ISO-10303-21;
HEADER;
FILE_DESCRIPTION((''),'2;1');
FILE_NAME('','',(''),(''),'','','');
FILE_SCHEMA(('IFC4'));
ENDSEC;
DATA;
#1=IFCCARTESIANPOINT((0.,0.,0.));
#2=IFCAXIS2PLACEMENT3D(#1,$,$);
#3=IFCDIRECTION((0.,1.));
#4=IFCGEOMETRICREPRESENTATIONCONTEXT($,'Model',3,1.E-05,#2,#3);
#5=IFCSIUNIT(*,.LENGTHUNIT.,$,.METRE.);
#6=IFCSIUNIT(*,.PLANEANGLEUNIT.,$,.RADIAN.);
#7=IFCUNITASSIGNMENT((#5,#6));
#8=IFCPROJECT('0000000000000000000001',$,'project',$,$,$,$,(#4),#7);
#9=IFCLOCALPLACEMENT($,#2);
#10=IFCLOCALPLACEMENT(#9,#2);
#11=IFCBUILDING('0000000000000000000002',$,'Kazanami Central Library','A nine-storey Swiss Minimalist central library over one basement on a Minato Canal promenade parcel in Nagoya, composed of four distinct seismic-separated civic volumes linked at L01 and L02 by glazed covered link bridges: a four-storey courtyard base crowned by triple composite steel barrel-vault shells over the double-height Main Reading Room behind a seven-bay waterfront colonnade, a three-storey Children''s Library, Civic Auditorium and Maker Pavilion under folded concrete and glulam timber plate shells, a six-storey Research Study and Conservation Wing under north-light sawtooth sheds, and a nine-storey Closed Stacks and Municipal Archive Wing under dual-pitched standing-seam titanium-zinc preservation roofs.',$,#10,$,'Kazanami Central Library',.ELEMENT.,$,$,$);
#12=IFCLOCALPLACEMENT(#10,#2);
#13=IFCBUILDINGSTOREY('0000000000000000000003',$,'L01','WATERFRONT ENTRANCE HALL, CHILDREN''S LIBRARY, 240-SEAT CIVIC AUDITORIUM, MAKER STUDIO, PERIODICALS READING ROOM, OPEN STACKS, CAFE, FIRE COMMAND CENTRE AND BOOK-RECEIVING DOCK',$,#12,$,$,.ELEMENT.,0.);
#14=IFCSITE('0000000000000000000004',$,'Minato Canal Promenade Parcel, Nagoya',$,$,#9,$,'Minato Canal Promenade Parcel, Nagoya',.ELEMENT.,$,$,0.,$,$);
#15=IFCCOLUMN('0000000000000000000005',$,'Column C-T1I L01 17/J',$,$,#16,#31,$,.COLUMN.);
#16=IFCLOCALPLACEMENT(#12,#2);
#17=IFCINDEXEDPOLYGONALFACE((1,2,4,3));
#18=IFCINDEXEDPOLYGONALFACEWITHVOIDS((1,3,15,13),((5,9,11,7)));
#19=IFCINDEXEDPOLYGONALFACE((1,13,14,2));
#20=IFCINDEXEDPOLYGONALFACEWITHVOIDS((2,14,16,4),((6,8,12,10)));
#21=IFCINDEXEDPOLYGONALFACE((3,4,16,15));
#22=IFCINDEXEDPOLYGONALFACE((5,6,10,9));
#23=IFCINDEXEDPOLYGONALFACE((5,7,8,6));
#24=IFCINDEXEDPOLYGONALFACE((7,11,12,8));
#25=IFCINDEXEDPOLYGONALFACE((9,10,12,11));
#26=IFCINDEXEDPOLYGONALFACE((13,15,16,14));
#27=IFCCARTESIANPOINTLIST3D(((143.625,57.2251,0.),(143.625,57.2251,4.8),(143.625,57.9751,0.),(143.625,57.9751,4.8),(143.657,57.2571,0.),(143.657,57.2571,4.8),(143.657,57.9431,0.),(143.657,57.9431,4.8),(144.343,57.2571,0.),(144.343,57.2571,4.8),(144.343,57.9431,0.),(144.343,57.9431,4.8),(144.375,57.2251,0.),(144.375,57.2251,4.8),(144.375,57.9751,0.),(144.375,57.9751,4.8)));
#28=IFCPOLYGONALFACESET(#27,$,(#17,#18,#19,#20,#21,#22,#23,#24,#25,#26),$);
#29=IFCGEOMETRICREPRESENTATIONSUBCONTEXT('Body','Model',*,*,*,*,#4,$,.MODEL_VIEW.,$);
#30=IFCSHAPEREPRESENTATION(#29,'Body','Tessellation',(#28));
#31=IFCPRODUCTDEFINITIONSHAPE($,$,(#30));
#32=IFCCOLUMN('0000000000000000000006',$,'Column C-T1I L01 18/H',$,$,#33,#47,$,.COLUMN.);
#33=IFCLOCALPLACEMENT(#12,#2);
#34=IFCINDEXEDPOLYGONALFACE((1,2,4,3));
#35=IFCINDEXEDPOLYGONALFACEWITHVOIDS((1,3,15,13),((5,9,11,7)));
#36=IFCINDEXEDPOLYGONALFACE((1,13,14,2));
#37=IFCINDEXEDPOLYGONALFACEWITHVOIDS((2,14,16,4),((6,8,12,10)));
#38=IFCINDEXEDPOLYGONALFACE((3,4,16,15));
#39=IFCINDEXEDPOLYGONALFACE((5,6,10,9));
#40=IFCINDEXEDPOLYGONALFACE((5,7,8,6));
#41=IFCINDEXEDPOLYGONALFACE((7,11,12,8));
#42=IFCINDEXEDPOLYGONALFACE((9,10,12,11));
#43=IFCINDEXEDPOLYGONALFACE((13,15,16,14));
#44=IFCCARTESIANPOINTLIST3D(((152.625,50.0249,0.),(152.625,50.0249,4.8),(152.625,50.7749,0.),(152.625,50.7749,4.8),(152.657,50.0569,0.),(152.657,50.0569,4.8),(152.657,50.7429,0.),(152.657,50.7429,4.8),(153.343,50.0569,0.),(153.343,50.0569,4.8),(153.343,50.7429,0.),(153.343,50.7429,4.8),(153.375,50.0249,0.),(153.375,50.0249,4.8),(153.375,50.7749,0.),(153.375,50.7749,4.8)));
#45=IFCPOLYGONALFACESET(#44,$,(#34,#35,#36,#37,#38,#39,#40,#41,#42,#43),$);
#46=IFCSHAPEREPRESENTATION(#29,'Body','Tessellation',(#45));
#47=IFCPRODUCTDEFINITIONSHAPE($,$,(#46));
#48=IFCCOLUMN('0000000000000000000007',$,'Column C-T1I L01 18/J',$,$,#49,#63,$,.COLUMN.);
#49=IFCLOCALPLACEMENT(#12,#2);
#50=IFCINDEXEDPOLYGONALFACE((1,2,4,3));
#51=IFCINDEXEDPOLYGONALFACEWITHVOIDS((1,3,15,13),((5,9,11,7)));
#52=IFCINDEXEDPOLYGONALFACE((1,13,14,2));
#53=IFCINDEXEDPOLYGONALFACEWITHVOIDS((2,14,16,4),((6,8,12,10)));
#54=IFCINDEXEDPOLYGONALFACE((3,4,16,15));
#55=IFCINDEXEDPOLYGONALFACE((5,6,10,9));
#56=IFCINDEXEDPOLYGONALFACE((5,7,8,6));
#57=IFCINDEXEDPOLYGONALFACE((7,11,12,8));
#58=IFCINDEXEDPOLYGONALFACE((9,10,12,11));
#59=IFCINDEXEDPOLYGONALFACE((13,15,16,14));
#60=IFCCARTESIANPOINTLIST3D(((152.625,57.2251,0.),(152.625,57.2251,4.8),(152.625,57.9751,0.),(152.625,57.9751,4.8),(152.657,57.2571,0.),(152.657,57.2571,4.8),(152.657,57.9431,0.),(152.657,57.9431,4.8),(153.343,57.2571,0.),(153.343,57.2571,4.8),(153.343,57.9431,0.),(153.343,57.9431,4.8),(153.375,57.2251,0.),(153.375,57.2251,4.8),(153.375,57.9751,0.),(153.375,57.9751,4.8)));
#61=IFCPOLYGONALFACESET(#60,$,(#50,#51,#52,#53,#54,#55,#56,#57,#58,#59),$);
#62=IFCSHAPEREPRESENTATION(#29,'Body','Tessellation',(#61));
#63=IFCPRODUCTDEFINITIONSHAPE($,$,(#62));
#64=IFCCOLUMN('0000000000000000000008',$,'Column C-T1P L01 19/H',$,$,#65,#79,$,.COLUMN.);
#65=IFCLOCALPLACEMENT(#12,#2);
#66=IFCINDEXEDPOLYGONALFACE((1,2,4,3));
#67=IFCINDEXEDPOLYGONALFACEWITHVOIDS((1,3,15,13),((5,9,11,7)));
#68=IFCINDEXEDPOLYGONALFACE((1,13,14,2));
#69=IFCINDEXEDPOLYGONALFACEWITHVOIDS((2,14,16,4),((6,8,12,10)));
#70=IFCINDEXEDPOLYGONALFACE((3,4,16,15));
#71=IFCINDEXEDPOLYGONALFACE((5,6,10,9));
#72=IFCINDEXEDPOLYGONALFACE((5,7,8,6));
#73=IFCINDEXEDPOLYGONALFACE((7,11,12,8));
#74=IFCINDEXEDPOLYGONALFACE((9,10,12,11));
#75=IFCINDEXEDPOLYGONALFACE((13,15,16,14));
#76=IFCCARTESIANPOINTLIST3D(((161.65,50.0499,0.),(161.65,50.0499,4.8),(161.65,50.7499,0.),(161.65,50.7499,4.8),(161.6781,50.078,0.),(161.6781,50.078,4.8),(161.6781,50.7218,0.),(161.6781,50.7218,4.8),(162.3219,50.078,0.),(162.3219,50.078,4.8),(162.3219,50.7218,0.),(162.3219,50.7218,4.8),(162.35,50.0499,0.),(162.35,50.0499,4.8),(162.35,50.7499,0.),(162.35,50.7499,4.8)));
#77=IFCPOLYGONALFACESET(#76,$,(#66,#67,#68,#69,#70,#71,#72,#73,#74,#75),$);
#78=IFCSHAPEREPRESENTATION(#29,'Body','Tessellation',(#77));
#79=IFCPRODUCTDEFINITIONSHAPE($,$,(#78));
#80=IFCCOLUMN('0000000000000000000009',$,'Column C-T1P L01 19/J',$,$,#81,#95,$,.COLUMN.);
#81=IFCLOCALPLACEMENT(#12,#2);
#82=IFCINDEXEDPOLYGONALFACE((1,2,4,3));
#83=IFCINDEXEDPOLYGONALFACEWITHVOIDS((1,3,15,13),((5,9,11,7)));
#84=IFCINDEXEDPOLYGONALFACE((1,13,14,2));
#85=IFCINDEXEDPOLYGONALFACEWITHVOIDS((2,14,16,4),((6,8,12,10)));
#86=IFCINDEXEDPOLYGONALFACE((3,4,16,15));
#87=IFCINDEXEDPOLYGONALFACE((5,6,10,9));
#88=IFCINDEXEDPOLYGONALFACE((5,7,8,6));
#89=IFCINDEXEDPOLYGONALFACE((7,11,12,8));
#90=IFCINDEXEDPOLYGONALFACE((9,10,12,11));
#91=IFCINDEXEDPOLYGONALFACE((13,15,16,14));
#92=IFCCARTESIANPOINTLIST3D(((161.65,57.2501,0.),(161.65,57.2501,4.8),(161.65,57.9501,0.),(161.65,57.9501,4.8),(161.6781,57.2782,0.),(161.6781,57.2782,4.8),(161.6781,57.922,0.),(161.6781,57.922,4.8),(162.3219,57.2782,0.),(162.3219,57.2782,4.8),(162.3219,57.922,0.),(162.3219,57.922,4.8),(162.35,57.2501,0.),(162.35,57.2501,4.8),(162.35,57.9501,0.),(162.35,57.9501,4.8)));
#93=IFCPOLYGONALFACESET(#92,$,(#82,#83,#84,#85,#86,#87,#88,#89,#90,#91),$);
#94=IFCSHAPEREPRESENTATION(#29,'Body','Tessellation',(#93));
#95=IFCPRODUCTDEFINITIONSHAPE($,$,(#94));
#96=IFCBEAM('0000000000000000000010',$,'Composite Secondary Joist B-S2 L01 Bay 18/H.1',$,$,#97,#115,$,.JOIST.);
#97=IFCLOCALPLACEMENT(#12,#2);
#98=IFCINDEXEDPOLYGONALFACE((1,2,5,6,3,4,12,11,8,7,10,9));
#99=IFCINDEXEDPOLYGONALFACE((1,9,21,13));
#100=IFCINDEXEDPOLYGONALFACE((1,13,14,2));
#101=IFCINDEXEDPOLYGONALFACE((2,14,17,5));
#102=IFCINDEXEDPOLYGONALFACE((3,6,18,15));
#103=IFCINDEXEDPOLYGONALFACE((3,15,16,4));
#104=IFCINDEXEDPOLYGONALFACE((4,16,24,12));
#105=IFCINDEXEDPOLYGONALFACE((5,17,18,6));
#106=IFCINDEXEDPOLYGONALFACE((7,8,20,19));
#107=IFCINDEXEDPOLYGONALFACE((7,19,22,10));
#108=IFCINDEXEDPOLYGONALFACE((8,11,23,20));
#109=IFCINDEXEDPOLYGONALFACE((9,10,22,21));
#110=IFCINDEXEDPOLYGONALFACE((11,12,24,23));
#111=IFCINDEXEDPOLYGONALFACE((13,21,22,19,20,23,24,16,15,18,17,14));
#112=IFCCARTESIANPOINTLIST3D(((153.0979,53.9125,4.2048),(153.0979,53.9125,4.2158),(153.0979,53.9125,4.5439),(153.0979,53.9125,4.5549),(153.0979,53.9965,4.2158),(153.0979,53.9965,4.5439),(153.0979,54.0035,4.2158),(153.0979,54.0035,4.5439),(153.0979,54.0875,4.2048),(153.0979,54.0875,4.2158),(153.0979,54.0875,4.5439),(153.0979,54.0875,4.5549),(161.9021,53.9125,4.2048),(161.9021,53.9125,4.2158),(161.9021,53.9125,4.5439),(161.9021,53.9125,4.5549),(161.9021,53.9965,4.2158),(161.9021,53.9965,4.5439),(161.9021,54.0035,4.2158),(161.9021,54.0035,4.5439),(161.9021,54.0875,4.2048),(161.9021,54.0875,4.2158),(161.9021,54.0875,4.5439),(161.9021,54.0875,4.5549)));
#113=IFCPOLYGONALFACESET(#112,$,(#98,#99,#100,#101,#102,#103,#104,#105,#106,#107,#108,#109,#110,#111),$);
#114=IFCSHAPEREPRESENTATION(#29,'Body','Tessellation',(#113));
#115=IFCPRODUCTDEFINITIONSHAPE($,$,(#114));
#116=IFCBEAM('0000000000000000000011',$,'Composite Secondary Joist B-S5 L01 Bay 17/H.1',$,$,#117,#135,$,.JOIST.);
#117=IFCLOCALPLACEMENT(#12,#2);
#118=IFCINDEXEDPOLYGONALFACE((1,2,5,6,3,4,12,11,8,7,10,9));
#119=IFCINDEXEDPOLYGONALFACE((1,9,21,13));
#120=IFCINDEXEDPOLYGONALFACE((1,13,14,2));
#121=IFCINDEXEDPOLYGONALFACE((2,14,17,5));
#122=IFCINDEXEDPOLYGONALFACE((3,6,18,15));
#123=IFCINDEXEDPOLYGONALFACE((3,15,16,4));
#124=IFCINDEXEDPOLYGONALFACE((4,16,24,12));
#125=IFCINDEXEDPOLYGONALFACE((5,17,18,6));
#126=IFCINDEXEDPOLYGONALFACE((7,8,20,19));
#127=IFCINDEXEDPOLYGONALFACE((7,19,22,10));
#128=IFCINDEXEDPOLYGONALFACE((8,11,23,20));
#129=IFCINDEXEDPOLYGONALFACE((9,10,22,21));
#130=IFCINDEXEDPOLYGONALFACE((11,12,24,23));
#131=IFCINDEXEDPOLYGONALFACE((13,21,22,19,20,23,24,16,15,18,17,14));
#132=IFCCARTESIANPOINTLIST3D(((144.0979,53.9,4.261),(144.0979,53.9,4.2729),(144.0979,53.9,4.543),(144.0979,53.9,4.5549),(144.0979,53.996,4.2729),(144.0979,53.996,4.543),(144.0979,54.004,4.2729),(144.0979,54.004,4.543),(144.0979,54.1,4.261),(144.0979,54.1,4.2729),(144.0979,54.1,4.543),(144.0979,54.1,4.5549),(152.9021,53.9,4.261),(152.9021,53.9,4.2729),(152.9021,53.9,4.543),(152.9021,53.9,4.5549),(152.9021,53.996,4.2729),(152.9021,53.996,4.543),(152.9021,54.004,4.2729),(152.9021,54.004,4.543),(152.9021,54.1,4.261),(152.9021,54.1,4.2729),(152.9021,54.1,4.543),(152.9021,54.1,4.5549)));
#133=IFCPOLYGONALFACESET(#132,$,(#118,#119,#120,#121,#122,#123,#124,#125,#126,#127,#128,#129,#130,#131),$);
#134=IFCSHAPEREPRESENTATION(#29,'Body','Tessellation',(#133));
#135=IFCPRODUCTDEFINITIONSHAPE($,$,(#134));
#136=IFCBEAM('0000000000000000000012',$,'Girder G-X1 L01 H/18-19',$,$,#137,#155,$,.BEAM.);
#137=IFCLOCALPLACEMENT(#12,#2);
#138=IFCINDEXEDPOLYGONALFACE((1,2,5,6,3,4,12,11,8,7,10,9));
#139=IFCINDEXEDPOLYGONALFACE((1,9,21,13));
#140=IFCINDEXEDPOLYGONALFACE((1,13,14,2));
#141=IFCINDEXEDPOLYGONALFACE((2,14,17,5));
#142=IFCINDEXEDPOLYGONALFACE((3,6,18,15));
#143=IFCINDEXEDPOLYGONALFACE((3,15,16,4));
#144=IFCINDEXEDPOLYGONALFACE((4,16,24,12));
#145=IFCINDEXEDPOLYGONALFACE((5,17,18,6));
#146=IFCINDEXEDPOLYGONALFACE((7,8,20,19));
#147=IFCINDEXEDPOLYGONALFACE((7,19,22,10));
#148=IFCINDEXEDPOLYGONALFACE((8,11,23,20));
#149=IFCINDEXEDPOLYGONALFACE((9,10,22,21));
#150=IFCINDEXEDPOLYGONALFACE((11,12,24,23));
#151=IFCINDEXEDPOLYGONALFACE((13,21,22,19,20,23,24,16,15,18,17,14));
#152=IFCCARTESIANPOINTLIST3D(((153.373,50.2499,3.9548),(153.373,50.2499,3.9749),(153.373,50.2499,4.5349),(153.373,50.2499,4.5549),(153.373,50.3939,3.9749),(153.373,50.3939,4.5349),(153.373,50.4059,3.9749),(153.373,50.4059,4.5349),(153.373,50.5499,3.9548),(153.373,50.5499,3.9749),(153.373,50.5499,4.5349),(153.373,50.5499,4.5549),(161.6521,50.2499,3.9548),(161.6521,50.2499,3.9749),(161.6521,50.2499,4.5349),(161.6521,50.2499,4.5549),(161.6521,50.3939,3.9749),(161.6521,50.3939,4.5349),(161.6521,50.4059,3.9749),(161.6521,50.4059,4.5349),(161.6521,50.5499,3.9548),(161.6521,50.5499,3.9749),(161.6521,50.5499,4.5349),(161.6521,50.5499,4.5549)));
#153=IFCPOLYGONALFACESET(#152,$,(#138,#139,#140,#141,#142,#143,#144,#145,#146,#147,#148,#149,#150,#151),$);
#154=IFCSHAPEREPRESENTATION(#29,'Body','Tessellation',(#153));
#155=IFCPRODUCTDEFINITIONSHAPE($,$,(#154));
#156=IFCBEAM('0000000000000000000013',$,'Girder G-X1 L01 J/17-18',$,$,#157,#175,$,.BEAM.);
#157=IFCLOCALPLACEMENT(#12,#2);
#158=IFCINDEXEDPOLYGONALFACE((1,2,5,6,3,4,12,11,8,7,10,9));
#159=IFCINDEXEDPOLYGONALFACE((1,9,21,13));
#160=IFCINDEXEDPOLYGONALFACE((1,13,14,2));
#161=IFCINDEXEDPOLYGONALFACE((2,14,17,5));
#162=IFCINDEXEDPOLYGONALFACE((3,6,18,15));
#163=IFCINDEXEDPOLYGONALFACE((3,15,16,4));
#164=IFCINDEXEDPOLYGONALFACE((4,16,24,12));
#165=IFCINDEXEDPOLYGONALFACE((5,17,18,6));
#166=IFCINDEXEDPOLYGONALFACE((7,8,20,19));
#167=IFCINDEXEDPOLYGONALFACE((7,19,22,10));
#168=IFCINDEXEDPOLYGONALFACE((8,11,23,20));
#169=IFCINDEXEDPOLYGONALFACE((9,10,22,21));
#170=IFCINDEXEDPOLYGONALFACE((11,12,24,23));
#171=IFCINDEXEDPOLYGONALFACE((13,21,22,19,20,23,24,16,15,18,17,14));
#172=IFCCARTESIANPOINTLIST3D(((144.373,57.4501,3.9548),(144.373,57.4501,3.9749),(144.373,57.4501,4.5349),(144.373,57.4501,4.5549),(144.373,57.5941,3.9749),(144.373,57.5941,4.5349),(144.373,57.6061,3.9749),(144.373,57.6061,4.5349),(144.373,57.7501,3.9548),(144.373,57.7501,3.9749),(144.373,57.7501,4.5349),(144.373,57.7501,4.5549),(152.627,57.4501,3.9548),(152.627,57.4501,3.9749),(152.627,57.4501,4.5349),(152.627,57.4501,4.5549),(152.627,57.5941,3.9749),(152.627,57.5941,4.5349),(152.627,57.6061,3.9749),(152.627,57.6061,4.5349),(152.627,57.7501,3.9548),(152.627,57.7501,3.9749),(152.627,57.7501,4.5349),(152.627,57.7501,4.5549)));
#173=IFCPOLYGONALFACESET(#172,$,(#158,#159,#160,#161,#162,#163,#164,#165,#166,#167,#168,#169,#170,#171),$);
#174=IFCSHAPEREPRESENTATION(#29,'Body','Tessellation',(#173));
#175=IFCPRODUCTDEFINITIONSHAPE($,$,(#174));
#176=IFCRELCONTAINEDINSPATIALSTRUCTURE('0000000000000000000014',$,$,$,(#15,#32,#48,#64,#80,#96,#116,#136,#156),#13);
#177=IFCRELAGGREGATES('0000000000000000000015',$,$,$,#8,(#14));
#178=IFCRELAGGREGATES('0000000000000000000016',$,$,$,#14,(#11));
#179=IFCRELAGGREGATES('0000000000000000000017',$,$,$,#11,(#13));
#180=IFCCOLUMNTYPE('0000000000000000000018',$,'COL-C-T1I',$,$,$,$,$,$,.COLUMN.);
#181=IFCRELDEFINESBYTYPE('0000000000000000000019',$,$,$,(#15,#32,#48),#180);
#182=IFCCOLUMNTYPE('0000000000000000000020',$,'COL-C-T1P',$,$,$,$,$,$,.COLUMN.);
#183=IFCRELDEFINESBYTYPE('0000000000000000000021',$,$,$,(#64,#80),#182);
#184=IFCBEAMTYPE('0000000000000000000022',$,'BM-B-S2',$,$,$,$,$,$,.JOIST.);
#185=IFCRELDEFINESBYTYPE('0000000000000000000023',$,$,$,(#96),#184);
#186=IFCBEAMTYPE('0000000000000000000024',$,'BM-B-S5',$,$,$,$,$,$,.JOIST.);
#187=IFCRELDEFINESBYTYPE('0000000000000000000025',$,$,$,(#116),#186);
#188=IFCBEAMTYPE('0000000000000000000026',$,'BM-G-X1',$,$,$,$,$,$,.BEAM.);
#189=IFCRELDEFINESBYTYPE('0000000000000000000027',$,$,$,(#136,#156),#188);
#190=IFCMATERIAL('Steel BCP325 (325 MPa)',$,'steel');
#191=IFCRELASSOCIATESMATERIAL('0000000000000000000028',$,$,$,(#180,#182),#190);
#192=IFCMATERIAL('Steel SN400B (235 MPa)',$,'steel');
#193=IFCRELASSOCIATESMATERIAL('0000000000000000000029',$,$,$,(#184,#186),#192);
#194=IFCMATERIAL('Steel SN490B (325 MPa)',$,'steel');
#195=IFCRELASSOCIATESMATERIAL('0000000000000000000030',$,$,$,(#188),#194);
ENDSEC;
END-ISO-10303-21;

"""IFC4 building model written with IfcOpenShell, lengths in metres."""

from ifc_helpers import new_model, si_unit, direction, frame, origin, origin_2d, place, context, subcontext, project, spatial, hollow_rectangle, i_section, extrude, material, material_profile, profile_set, type_object, element, save


model = new_model("IFC4")

# Units and contexts
model_context = context("Model", 3, precision=1e-05, world=origin(), true_north=direction((0.0, 1.0)))
body_context = subcontext(model_context, "Body", "Model", "MODEL_VIEW")
ifc_project = project(units=[si_unit("LENGTHUNIT", "METRE"), si_unit("PLANEANGLEUNIT", "RADIAN")], contexts=[model_context])

# Site, building, storey
site_placement = place(None, origin())
site = spatial("IfcSite", under=ifc_project, at=site_placement, Name="Minato Canal Promenade Parcel, Nagoya", LongName="Minato Canal Promenade Parcel, Nagoya", CompositionType="ELEMENT", RefElevation=0.0)
building_placement = place(site_placement, origin())
building = spatial("IfcBuilding", under=site, at=building_placement, Name="Kazanami Central Library", Description="A nine-storey Swiss Minimalist central library over one basement on a Minato Canal promenade parcel in Nagoya, composed of four distinct seismic-separated civic volumes linked at L01 and L02 by glazed covered link bridges: a four-storey courtyard base crowned by triple composite steel barrel-vault shells over the double-height Main Reading Room behind a seven-bay waterfront colonnade, a three-storey Children's Library, Civic Auditorium and Maker Pavilion under folded concrete and glulam timber plate shells, a six-storey Research Study and Conservation Wing under north-light sawtooth sheds, and a nine-storey Closed Stacks and Municipal Archive Wing under dual-pitched standing-seam titanium-zinc preservation roofs.", LongName="Kazanami Central Library", CompositionType="ELEMENT")
storey_placement = place(building_placement, origin())
storey = spatial("IfcBuildingStorey", under=building, at=storey_placement, Name="L01", Description="WATERFRONT ENTRANCE HALL, CHILDREN'S LIBRARY, 240-SEAT CIVIC AUDITORIUM, MAKER STUDIO, PERIODICALS READING ROOM, OPEN STACKS, CAFE, FIRE COMMAND CENTRE AND BOOK-RECEIVING DOCK", CompositionType="ELEMENT", Elevation=0.0)

# Columns
ifc_material_1 = material(Name="Steel BCP325 (325 MPa)", Category="steel")
ifc_material_profile_1 = material_profile(ifc_material_1, hollow_rectangle(XDim=0.75, YDim=0.75, WallThickness=0.032, at=origin_2d()), Name="BCP-750x750x32")
ifc_profile_set_1 = profile_set([ifc_material_profile_1], Name="Steel BCP325 (325 MPa)")
column_type_1 = type_object("IfcColumnType", Name="COL-C-T1I", PredefinedType="COLUMN", material=ifc_profile_set_1)
for number, where, z_axis, x_axis, name in (
    (1, (144.0, 57.6001, 0.0), (0.0, 0.0, 1.0), (1.0, 0.0, 0.0), "Column C-T1I L01 17/J"),
    (2, (153.0, 50.3999, 0.0), (0.0, 0.0, 1.0), (1.0, 0.0, 0.0), "Column C-T1I L01 18/H"),
    (3, (153.0, 57.6001, 0.0), (0.0, 0.0, 1.0), (1.0, 0.0, 0.0), "Column C-T1I L01 18/J"),
):
    element("IfcColumn", number, at=place(storey_placement, frame(where, z_axis=z_axis, x_axis=x_axis)), inside=storey, type_object=column_type_1, Name=name, PredefinedType="COLUMN", context=body_context, shape_type="SweptSolid", body=[
        extrude(hollow_rectangle(XDim=0.75, YDim=0.75, WallThickness=0.032, at=origin_2d()), origin(), (0.0, 0.0, 1.0), 4.8),
    ])
ifc_material_profile_2 = material_profile(ifc_material_1, hollow_rectangle(XDim=0.7, YDim=0.7, WallThickness=0.0281, at=origin_2d()), Name="BCP-700x700x28")
ifc_profile_set_2 = profile_set([ifc_material_profile_2], Name="Steel BCP325 (325 MPa)")
column_type_2 = type_object("IfcColumnType", Name="COL-C-T1P", PredefinedType="COLUMN", material=ifc_profile_set_2)
for number, where, z_axis, x_axis, name in (
    (4, (162.0, 50.3999, 0.0), (0.0, 0.0, 1.0), (1.0, 0.0, 0.0), "Column C-T1P L01 19/H"),
    (5, (162.0, 57.6001, 0.0), (0.0, 0.0, 1.0), (1.0, 0.0, 0.0), "Column C-T1P L01 19/J"),
):
    element("IfcColumn", number, at=place(storey_placement, frame(where, z_axis=z_axis, x_axis=x_axis)), inside=storey, type_object=column_type_2, Name=name, PredefinedType="COLUMN", context=body_context, shape_type="SweptSolid", body=[
        extrude(hollow_rectangle(XDim=0.7, YDim=0.7, WallThickness=0.0281, at=origin_2d()), origin(), (0.0, 0.0, 1.0), 4.8),
    ])

# Beams
ifc_material_2 = material(Name="Steel SN400B (235 MPa)", Category="steel")
ifc_material_profile_3 = material_profile(ifc_material_2, i_section(OverallWidth=0.175, OverallDepth=0.3501, WebThickness=0.0071, FlangeThickness=0.011, at=origin_2d()), Name="H-350x175x7x11")
ifc_profile_set_3 = profile_set([ifc_material_profile_3], Name="Steel SN400B (235 MPa)")
beam_type_1 = type_object("IfcBeamType", Name="BM-B-S2", PredefinedType="JOIST", material=ifc_profile_set_3)
beam_1_placement = place(storey_placement, frame((153.0979, 54.0, 4.3799), z_axis=(1.0, 0.0, 0.0), x_axis=(0.0, 1.0, 0.0)))
element("IfcBeam", 6, at=beam_1_placement, inside=storey, type_object=beam_type_1, Name="Composite Secondary Joist B-S2 L01 Bay 18/H.1", PredefinedType="JOIST", context=body_context, shape_type="SweptSolid", body=[
    extrude(i_section(OverallWidth=0.175, OverallDepth=0.3501, WebThickness=0.0071, FlangeThickness=0.011, at=origin_2d()), origin(), (0.0, 0.0, 1.0), 8.8042),
])
ifc_material_profile_4 = material_profile(ifc_material_2, i_section(OverallWidth=0.2, OverallDepth=0.2939, WebThickness=0.0081, FlangeThickness=0.012, at=origin_2d()), Name="H-294x200x8x12")
ifc_profile_set_4 = profile_set([ifc_material_profile_4], Name="Steel SN400B (235 MPa)")
beam_type_2 = type_object("IfcBeamType", Name="BM-B-S5", PredefinedType="JOIST", material=ifc_profile_set_4)
beam_2_placement = place(storey_placement, frame((144.0979, 54.0, 4.408), z_axis=(1.0, 0.0, 0.0), x_axis=(0.0, 1.0, 0.0)))
element("IfcBeam", 7, at=beam_2_placement, inside=storey, type_object=beam_type_2, Name="Composite Secondary Joist B-S5 L01 Bay 17/H.1", PredefinedType="JOIST", context=body_context, shape_type="SweptSolid", body=[
    extrude(i_section(OverallWidth=0.2, OverallDepth=0.2939, WebThickness=0.0081, FlangeThickness=0.012, at=origin_2d()), origin(), (0.0, 0.0, 1.0), 8.8042),
])
ifc_material_3 = material(Name="Steel SN490B (325 MPa)", Category="steel")
ifc_material_profile_5 = material_profile(ifc_material_3, i_section(OverallWidth=0.3, OverallDepth=0.6001, WebThickness=0.012, FlangeThickness=0.02, at=origin_2d()), Name="H-600x300x12x20")
ifc_profile_set_5 = profile_set([ifc_material_profile_5], Name="Steel SN490B (325 MPa)")
beam_type_3 = type_object("IfcBeamType", Name="BM-G-X1", PredefinedType="BEAM", material=ifc_profile_set_5)
beam_3_placement = place(storey_placement, frame((153.373, 50.3999, 4.2549), z_axis=(1.0, 0.0, 0.0), x_axis=(0.0, 1.0, 0.0)))
element("IfcBeam", 8, at=beam_3_placement, inside=storey, type_object=beam_type_3, Name="Girder G-X1 L01 H/18-19", PredefinedType="BEAM", context=body_context, shape_type="SweptSolid", body=[
    extrude(i_section(OverallWidth=0.3, OverallDepth=0.6001, WebThickness=0.012, FlangeThickness=0.02, at=origin_2d()), origin(), (0.0, 0.0, 1.0), 8.2791),
])
beam_4_placement = place(storey_placement, frame((144.373, 57.6001, 4.2549), z_axis=(1.0, 0.0, 0.0), x_axis=(0.0, 1.0, 0.0)))
element("IfcBeam", 9, at=beam_4_placement, inside=storey, type_object=beam_type_3, Name="Girder G-X1 L01 J/17-18", PredefinedType="BEAM", context=body_context, shape_type="SweptSolid", body=[
    extrude(i_section(OverallWidth=0.3, OverallDepth=0.6001, WebThickness=0.012, FlangeThickness=0.02, at=origin_2d()), origin(), (0.0, 0.0, 1.0), 8.2539),
])

save(model, "model.ifc")
